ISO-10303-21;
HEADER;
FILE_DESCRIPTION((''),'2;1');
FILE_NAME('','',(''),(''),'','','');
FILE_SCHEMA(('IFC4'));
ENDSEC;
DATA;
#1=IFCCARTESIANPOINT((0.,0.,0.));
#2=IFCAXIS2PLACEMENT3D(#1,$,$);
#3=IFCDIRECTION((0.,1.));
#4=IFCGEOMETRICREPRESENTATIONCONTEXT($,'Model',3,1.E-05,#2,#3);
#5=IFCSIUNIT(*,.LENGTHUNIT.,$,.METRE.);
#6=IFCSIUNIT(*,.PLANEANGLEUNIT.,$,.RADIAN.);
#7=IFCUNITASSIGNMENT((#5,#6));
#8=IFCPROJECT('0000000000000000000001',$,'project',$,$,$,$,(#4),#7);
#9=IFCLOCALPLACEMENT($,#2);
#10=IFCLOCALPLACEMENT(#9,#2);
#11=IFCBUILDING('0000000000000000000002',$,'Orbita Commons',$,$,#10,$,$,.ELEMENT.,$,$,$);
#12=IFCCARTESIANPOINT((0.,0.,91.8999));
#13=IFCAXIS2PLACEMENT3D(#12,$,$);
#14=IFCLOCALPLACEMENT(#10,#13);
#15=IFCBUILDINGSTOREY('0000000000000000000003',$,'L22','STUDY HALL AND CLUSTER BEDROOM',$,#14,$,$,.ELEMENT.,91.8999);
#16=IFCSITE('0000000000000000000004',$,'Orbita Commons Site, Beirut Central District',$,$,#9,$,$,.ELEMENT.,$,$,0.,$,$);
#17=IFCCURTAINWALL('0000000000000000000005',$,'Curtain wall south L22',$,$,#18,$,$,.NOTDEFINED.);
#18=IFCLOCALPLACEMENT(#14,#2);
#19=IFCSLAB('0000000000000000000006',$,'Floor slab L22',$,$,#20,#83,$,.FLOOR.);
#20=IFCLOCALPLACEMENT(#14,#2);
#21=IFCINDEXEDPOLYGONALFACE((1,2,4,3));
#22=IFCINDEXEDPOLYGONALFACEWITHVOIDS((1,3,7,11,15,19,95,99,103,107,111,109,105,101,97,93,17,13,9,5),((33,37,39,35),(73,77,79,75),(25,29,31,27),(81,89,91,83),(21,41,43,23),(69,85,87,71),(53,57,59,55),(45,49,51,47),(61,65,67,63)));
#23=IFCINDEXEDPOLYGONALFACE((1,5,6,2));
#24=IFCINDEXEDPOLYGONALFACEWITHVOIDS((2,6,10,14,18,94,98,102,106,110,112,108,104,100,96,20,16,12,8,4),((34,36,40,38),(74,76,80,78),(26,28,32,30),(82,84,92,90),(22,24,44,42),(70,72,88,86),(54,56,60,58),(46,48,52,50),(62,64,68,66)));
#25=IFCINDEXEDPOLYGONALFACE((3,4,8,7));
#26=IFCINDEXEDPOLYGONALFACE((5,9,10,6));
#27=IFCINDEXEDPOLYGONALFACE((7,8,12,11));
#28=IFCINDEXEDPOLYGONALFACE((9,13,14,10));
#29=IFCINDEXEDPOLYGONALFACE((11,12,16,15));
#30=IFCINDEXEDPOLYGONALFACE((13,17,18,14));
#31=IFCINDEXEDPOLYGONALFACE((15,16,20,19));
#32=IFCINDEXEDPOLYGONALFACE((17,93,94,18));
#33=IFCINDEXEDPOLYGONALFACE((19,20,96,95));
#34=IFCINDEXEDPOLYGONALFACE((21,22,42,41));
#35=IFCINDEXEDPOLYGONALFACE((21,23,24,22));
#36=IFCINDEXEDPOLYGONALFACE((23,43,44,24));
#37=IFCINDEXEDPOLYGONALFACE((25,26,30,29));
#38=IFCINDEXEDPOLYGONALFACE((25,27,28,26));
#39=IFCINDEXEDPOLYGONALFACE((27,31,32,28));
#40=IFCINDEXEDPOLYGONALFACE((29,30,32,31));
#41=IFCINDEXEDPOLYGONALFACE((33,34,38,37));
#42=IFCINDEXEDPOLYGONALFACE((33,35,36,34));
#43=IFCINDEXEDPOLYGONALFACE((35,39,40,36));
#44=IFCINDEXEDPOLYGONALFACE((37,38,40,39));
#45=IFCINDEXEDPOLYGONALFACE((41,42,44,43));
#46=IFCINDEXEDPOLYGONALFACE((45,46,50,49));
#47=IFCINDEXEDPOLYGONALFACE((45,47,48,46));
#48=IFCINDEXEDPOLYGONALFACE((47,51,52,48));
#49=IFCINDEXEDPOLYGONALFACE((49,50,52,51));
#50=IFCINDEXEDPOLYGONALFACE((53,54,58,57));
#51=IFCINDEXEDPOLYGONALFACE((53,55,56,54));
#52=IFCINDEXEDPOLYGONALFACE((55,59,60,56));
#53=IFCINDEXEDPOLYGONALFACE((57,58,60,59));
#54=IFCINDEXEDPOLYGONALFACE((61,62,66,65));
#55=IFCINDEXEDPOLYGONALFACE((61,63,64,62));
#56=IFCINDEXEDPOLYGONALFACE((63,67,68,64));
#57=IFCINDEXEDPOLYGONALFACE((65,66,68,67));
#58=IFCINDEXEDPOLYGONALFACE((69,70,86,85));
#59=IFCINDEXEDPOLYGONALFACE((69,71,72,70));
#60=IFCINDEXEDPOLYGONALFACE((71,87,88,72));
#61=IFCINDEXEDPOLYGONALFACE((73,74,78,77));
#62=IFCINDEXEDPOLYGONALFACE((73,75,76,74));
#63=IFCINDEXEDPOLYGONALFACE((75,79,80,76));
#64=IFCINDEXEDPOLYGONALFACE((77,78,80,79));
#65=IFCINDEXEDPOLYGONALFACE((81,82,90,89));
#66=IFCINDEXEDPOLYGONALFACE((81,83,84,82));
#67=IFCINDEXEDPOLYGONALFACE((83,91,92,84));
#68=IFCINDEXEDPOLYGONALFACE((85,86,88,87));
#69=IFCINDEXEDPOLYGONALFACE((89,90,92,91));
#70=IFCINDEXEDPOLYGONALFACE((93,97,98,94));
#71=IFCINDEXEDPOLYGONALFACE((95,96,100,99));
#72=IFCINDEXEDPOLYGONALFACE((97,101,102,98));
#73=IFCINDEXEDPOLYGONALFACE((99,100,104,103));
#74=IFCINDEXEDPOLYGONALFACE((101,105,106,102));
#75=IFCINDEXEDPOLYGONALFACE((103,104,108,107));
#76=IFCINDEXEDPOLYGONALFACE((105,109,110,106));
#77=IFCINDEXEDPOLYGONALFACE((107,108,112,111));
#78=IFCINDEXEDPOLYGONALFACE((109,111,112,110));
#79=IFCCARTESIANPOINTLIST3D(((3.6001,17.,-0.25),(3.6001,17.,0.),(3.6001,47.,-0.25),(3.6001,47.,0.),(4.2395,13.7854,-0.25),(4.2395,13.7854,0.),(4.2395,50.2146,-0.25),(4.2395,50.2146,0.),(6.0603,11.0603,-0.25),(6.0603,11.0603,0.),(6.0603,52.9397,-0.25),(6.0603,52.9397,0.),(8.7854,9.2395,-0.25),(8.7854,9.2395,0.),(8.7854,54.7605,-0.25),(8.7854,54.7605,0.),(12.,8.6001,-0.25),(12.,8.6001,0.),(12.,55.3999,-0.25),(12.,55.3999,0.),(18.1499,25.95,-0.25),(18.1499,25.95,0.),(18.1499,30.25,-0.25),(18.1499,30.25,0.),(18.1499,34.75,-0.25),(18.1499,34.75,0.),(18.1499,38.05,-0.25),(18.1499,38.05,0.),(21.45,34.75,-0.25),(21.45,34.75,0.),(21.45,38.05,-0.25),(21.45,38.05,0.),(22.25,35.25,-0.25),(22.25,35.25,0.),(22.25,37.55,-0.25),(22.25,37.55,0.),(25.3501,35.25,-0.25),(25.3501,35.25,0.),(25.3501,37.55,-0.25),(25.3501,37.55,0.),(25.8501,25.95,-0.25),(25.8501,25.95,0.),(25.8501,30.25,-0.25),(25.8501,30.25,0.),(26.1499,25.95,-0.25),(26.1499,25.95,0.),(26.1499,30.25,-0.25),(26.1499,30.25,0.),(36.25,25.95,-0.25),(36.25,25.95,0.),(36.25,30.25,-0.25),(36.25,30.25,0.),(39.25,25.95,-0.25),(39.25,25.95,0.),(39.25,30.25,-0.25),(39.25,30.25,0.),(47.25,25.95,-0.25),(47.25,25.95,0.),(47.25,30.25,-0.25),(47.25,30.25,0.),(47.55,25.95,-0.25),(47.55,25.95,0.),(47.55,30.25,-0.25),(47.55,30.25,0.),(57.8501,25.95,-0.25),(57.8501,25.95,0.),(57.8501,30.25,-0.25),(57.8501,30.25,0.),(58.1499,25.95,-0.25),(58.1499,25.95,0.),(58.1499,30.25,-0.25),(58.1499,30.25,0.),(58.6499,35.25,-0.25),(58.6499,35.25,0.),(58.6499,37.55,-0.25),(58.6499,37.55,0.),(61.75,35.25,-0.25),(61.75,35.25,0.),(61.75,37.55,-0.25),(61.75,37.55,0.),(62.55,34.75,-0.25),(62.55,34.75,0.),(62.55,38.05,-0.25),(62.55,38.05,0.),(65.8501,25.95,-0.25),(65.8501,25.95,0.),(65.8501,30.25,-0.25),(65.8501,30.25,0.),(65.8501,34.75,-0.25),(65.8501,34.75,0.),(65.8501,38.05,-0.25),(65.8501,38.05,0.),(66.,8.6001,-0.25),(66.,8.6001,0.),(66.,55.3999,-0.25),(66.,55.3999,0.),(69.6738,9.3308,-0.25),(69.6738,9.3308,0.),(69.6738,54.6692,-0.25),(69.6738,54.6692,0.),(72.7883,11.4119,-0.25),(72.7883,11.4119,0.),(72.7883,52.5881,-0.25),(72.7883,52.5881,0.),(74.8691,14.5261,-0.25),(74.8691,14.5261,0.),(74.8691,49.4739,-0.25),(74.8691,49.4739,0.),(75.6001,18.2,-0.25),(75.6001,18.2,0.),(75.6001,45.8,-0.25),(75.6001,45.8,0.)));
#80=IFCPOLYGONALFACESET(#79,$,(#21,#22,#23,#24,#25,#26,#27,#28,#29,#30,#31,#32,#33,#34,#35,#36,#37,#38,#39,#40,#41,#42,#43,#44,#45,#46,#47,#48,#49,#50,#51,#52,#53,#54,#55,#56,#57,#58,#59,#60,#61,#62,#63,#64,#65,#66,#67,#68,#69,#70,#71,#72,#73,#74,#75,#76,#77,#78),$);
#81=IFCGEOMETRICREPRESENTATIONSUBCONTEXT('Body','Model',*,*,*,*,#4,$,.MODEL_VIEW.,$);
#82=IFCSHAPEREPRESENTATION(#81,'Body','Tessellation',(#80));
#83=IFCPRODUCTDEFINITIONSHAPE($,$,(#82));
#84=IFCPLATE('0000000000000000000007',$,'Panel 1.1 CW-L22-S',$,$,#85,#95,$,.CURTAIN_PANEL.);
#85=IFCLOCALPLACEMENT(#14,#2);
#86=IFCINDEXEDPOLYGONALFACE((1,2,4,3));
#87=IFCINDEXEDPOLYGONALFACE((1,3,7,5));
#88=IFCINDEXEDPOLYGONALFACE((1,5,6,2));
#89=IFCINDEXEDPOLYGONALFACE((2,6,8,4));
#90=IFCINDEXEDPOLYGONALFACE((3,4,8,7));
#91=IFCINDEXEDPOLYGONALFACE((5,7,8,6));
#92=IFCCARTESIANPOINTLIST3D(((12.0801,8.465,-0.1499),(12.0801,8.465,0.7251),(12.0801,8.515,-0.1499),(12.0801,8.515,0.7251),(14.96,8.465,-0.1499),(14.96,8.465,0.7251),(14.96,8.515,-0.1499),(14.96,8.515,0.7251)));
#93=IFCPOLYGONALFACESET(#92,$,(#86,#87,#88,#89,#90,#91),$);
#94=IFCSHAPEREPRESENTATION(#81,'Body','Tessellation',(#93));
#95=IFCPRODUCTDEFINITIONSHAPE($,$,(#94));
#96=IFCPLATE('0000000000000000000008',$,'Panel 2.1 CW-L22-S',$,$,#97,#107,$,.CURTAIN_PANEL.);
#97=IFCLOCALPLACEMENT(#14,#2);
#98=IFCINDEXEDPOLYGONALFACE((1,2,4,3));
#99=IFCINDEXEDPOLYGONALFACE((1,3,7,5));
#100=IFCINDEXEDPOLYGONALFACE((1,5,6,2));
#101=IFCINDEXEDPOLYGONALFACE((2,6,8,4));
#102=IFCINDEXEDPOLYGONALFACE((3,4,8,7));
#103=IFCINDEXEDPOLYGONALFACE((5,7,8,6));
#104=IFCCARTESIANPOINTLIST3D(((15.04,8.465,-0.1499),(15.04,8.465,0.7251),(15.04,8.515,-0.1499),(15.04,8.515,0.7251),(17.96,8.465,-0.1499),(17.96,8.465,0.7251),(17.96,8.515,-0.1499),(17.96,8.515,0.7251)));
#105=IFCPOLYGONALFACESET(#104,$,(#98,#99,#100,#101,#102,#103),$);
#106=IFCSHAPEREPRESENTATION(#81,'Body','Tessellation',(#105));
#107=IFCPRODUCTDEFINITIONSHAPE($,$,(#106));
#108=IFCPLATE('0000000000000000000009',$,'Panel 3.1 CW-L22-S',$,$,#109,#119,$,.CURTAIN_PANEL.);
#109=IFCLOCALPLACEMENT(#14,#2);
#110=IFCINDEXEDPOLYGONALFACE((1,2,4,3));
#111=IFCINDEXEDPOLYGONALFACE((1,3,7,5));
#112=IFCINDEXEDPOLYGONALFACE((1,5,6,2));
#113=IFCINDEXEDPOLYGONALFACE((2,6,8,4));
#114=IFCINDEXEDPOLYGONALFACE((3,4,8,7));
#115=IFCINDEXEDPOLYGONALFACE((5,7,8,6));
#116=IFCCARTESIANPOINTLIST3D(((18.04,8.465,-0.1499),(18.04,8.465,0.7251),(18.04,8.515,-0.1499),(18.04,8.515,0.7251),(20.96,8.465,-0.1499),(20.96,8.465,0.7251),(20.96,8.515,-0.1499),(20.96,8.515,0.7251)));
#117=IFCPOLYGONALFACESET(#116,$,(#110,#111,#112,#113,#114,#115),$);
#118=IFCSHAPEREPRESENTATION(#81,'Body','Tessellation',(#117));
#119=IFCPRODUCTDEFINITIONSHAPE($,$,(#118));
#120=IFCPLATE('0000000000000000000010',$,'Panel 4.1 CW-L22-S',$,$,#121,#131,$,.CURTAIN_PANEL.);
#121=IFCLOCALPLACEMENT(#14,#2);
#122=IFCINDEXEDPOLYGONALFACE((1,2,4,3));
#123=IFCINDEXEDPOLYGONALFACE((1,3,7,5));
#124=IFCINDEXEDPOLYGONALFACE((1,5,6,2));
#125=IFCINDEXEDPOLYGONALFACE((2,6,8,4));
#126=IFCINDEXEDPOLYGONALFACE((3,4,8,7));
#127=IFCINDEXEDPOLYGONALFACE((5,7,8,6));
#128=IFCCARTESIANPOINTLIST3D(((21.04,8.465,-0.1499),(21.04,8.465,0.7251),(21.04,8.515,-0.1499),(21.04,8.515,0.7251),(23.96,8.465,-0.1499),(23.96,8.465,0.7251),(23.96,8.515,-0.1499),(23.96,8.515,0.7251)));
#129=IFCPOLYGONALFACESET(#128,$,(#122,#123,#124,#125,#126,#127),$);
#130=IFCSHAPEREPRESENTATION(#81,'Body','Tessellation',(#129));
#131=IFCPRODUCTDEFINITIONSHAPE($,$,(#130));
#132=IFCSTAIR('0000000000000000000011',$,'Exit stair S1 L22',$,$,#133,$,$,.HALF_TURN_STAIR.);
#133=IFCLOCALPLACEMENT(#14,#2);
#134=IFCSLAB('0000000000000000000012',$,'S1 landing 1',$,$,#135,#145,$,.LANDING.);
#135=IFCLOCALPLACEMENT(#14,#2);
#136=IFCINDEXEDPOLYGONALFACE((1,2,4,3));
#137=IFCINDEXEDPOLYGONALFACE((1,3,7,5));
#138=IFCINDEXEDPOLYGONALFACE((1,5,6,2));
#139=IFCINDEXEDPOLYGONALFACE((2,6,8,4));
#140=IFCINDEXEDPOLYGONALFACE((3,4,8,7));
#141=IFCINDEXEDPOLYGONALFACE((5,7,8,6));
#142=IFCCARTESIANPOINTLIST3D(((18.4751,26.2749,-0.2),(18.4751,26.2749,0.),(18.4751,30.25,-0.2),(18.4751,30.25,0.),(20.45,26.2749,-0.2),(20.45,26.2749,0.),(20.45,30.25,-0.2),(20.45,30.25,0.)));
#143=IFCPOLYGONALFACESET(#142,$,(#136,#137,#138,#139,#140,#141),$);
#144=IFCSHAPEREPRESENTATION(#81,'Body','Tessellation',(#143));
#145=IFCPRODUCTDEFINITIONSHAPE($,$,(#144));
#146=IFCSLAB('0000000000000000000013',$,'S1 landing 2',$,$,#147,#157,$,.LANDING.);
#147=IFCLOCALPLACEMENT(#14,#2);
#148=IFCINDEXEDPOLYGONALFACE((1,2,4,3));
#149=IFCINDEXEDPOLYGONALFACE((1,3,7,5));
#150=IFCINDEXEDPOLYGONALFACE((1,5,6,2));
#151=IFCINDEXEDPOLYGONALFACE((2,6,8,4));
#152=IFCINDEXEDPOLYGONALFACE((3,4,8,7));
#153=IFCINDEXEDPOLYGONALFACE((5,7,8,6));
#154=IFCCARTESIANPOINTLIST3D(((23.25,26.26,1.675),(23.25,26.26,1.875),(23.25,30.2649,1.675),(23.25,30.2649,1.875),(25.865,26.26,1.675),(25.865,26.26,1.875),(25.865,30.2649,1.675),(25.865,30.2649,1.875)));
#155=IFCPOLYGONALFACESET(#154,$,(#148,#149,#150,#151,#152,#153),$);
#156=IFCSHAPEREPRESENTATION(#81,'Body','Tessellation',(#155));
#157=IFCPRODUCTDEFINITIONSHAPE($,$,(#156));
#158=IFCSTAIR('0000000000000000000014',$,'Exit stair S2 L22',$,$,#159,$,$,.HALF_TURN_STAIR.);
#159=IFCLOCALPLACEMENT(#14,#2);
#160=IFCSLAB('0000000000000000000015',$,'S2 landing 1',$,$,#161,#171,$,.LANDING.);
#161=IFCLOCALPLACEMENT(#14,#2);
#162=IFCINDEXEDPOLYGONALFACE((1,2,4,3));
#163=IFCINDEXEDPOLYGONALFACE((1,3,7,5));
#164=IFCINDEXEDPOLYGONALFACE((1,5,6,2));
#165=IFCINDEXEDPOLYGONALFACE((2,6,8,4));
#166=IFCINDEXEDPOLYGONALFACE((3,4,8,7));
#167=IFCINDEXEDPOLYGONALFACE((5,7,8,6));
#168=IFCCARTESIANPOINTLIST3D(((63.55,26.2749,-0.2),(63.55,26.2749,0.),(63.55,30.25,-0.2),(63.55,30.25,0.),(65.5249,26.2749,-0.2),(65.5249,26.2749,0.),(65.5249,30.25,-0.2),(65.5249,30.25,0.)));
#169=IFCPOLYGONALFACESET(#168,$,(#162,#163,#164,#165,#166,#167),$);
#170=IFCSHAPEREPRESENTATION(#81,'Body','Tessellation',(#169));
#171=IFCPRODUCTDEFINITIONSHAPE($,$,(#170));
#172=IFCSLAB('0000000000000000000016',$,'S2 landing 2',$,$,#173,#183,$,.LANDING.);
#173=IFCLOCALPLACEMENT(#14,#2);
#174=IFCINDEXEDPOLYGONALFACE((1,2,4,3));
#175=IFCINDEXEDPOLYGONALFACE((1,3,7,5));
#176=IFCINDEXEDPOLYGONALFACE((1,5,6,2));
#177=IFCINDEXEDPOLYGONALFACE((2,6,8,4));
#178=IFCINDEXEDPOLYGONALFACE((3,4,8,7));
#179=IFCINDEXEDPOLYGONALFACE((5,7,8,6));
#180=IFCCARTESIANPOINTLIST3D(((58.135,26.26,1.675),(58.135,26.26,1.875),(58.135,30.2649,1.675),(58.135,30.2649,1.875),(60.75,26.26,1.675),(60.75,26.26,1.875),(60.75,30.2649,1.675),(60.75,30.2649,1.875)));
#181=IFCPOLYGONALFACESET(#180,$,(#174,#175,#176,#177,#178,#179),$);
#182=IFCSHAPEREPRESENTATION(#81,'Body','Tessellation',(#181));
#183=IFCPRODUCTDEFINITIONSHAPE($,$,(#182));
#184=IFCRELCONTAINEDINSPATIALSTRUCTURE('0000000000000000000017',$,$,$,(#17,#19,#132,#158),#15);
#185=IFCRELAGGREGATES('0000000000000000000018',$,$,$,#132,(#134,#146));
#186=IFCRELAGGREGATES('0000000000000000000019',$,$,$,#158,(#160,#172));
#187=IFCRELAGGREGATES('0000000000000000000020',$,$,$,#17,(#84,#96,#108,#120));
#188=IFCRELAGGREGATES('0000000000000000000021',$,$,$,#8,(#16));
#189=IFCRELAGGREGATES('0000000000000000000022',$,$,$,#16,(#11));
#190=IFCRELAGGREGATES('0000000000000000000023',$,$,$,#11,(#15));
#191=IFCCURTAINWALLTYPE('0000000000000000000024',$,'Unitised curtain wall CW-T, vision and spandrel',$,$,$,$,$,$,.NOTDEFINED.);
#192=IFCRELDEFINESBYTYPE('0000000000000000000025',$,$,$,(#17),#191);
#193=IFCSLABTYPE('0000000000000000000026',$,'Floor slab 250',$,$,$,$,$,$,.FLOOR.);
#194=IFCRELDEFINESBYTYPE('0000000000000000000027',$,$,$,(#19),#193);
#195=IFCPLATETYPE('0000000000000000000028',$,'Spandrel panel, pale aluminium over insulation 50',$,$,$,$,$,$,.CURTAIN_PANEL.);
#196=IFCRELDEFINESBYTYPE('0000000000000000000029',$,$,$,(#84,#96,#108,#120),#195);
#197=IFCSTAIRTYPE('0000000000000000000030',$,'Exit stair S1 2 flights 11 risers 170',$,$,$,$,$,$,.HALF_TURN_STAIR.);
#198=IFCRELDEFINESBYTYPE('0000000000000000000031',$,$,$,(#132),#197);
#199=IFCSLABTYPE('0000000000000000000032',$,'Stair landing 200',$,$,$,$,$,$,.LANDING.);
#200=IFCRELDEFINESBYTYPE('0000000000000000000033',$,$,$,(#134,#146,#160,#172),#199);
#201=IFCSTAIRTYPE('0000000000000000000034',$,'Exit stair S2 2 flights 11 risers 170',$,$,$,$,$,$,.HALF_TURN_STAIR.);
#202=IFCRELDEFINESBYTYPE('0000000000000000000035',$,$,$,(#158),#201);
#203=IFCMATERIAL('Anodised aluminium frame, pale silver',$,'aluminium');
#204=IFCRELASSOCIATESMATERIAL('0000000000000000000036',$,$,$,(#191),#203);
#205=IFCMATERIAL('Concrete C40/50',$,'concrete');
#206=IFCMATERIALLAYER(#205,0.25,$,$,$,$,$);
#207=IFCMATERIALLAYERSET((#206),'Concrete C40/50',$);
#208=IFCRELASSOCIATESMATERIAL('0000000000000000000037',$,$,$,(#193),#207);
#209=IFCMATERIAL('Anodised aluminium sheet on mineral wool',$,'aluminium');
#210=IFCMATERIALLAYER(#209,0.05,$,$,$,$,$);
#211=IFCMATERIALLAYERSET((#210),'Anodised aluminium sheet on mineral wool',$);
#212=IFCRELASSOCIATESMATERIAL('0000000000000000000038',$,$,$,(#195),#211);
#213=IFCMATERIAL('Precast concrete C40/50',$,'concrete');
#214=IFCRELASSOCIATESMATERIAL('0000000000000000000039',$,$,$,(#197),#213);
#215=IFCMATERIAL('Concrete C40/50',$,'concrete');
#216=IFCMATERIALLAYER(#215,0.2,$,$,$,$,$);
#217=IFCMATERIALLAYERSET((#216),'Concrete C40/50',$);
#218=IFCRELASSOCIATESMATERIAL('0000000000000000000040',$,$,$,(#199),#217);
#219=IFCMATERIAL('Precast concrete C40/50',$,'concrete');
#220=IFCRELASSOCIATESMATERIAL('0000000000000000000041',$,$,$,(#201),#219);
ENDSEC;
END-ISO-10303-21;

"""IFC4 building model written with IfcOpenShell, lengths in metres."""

from ifc_helpers import new_model, si_unit, direction, frame, origin, origin_2d, place, context, subcontext, project, spatial, polyline, rectangle, outline, extrude, material, layer, layer_set, type_object, element, aggregate, save


model = new_model("IFC4")

# Units and contexts
model_context = context("Model", 3, precision=1e-05, world=origin(), true_north=direction((0.0, 1.0)))
body_context = subcontext(model_context, "Body", "Model", "MODEL_VIEW")
ifc_project = project(units=[si_unit("LENGTHUNIT", "METRE"), si_unit("PLANEANGLEUNIT", "RADIAN")], contexts=[model_context])

# Site, building, storey
site_placement = place(None, origin())
site = spatial("IfcSite", under=ifc_project, at=site_placement, Name="Orbita Commons Site, Beirut Central District", CompositionType="ELEMENT", RefElevation=0.0)
building_placement = place(site_placement, origin())
building = spatial("IfcBuilding", under=site, at=building_placement, Name="Orbita Commons", CompositionType="ELEMENT")
storey_placement = place(building_placement, frame((0.0, 0.0, 91.8999)))
storey = spatial("IfcBuildingStorey", under=building, at=storey_placement, Name="L22", Description="STUDY HALL AND CLUSTER BEDROOM", CompositionType="ELEMENT", Elevation=91.8999)

# Curtain wall
ifc_material_1 = material(Name="Anodised aluminium frame, pale silver", Category="aluminium")
curtain_wall_type = type_object("IfcCurtainWallType", Name="Unitised curtain wall CW-T, vision and spandrel", PredefinedType="NOTDEFINED", material=ifc_material_1)
curtain_wall_placement = place(storey_placement, origin())
curtain_wall = element("IfcCurtainWall", 1, at=curtain_wall_placement, inside=storey, type_object=curtain_wall_type, Name="Curtain wall south L22", PredefinedType="NOTDEFINED")

# Slab
ifc_material_2 = material(Name="Concrete C40/50", Category="concrete")
ifc_layer_1 = layer(ifc_material_2, 0.25)
ifc_layer_set_1 = layer_set([ifc_layer_1], Name="Concrete C40/50")
slab_type_1 = type_object("IfcSlabType", Name="Floor slab 250", PredefinedType="FLOOR", material=ifc_layer_set_1)
slab_1_placement = place(storey_placement, frame((0.0, 0.0, -0.25)))
element("IfcSlab", 2, at=slab_1_placement, inside=storey, type_object=slab_type_1, Name="Floor slab L22", PredefinedType="FLOOR", context=body_context, shape_type="SweptSolid", body=[
    extrude(outline(polyline([(66.0, 8.6001), (69.6738, 9.3308), (72.7883, 11.4119), (74.8691, 14.5261), (75.6001, 18.2), (75.6001, 45.8), (74.8691, 49.4739), (72.7883, 52.5881), (69.6738, 54.6692), (66.0, 55.3999), (12.0, 55.3999), (8.7854, 54.7605), (6.0603, 52.9397), (4.2395, 50.2146), (3.6001, 47.0), (3.6001, 17.0), (4.2395, 13.7854), (6.0603, 11.0603), (8.7854, 9.2395), (12.0, 8.6001), (66.0, 8.6001)]), holes=[polyline([(18.1499, 25.95), (25.8501, 25.95), (25.8501, 30.25), (18.1499, 30.25), (18.1499, 25.95)]), polyline([(58.1499, 25.95), (65.8501, 25.95), (65.8501, 30.25), (58.1499, 30.25), (58.1499, 25.95)]), polyline([(18.1499, 34.75), (21.45, 34.75), (21.45, 38.05), (18.1499, 38.05), (18.1499, 34.75)]), polyline([(62.55, 34.75), (65.8501, 34.75), (65.8501, 38.05), (62.55, 38.05), (62.55, 34.75)]), polyline([(22.25, 35.25), (25.3501, 35.25), (25.3501, 37.55), (22.25, 37.55), (22.25, 35.25)]), polyline([(58.6499, 35.25), (61.75, 35.25), (61.75, 37.55), (58.6499, 37.55), (58.6499, 35.25)]), polyline([(26.1499, 25.95), (36.25, 25.95), (36.25, 30.25), (26.1499, 30.25), (26.1499, 25.95)]), polyline([(39.25, 25.95), (47.25, 25.95), (47.25, 30.25), (39.25, 30.25), (39.25, 25.95)]), polyline([(47.55, 25.95), (57.8501, 25.95), (57.8501, 30.25), (47.55, 30.25), (47.55, 25.95)])]), origin(), (0.0, 0.0, 1.0), 0.25),
])

# Plates
ifc_material_3 = material(Name="Anodised aluminium sheet on mineral wool", Category="aluminium")
ifc_layer_2 = layer(ifc_material_3, 0.05)
ifc_layer_set_2 = layer_set([ifc_layer_2], Name="Anodised aluminium sheet on mineral wool")
plate_type_1 = type_object("IfcPlateType", Name="Spandrel panel, pale aluminium over insulation 50", PredefinedType="CURTAIN_PANEL", material=ifc_layer_set_2)
plate_1_placement = place(storey_placement, frame((13.52, 8.49, -0.1499), z_axis=(0.0, 0.0, 1.0), x_axis=(1.0, 0.0, 0.0)))
plate_1 = element("IfcPlate", 3, at=plate_1_placement, type_object=plate_type_1, Name="Panel 1.1 CW-L22-S", PredefinedType="CURTAIN_PANEL", context=body_context, shape_type="SweptSolid", body=[
    extrude(rectangle(XDim=2.8799, YDim=0.05, at=origin_2d()), origin(), (0.0, 0.0, 1.0), 0.875),
])
plate_2_placement = place(storey_placement, frame((16.5, 8.49, -0.1499), z_axis=(0.0, 0.0, 1.0), x_axis=(1.0, 0.0, 0.0)))
plate_2 = element("IfcPlate", 4, at=plate_2_placement, type_object=plate_type_1, Name="Panel 2.1 CW-L22-S", PredefinedType="CURTAIN_PANEL", context=body_context, shape_type="SweptSolid", body=[
    extrude(rectangle(XDim=2.9199, YDim=0.05, at=origin_2d()), origin(), (0.0, 0.0, 1.0), 0.875),
])
plate_3_placement = place(storey_placement, frame((19.5, 8.49, -0.1499), z_axis=(0.0, 0.0, 1.0), x_axis=(1.0, 0.0, 0.0)))
plate_3 = element("IfcPlate", 5, at=plate_3_placement, type_object=plate_type_1, Name="Panel 3.1 CW-L22-S", PredefinedType="CURTAIN_PANEL", context=body_context, shape_type="SweptSolid", body=[
    extrude(rectangle(XDim=2.9199, YDim=0.05, at=origin_2d()), origin(), (0.0, 0.0, 1.0), 0.875),
])
plate_4_placement = place(storey_placement, frame((22.5, 8.49, -0.1499), z_axis=(0.0, 0.0, 1.0), x_axis=(1.0, 0.0, 0.0)))
plate_4 = element("IfcPlate", 6, at=plate_4_placement, type_object=plate_type_1, Name="Panel 4.1 CW-L22-S", PredefinedType="CURTAIN_PANEL", context=body_context, shape_type="SweptSolid", body=[
    extrude(rectangle(XDim=2.9199, YDim=0.05, at=origin_2d()), origin(), (0.0, 0.0, 1.0), 0.875),
])

# Stairs, slabs
ifc_material_4 = material(Name="Precast concrete C40/50", Category="concrete")
stair_type_1 = type_object("IfcStairType", Name="Exit stair S1 2 flights 11 risers 170", PredefinedType="HALF_TURN_STAIR", material=ifc_material_4)
stair_1_placement = place(storey_placement, origin())
stair_1 = element("IfcStair", 7, at=stair_1_placement, inside=storey, type_object=stair_type_1, Name="Exit stair S1 L22", PredefinedType="HALF_TURN_STAIR")
ifc_material_5 = material(Name="Concrete C40/50", Category="concrete")
ifc_layer_3 = layer(ifc_material_5, 0.2)
ifc_layer_set_3 = layer_set([ifc_layer_3], Name="Concrete C40/50")
slab_type_2 = type_object("IfcSlabType", Name="Stair landing 200", PredefinedType="LANDING", material=ifc_layer_set_3)
slab_2_placement = place(storey_placement, frame((0.0, 0.0, -0.2)))
slab_2 = element("IfcSlab", 8, at=slab_2_placement, type_object=slab_type_2, Name="S1 landing 1", PredefinedType="LANDING", context=body_context, shape_type="SweptSolid", body=[
    extrude(outline(polyline([(18.4751, 26.2749), (20.45, 26.2749), (20.45, 30.25), (18.4751, 30.25), (18.4751, 26.2749)])), origin(), (0.0, 0.0, 1.0), 0.2),
])
slab_3_placement = place(storey_placement, frame((0.0, 0.0, 1.675)))
slab_3 = element("IfcSlab", 9, at=slab_3_placement, type_object=slab_type_2, Name="S1 landing 2", PredefinedType="LANDING", context=body_context, shape_type="SweptSolid", body=[
    extrude(outline(polyline([(23.25, 26.26), (25.865, 26.26), (25.865, 30.2649), (23.25, 30.2649), (23.25, 26.26)])), origin(), (0.0, 0.0, 1.0), 0.2),
])
aggregate(stair_1, [slab_2, slab_3])
ifc_material_6 = material(Name="Precast concrete C40/50", Category="concrete")
stair_type_2 = type_object("IfcStairType", Name="Exit stair S2 2 flights 11 risers 170", PredefinedType="HALF_TURN_STAIR", material=ifc_material_6)
stair_2_placement = place(storey_placement, origin())
stair_2 = element("IfcStair", 10, at=stair_2_placement, inside=storey, type_object=stair_type_2, Name="Exit stair S2 L22", PredefinedType="HALF_TURN_STAIR")
slab_4_placement = place(storey_placement, frame((0.0, 0.0, -0.2)))
slab_4 = element("IfcSlab", 11, at=slab_4_placement, type_object=slab_type_2, Name="S2 landing 1", PredefinedType="LANDING", context=body_context, shape_type="SweptSolid", body=[
    extrude(outline(polyline([(63.55, 26.2749), (65.5249, 26.2749), (65.5249, 30.25), (63.55, 30.25), (63.55, 26.2749)])), origin(), (0.0, 0.0, 1.0), 0.2),
])
slab_5_placement = place(storey_placement, frame((0.0, 0.0, 1.675)))
slab_5 = element("IfcSlab", 12, at=slab_5_placement, type_object=slab_type_2, Name="S2 landing 2", PredefinedType="LANDING", context=body_context, shape_type="SweptSolid", body=[
    extrude(outline(polyline([(58.135, 26.26), (60.75, 26.26), (60.75, 30.2649), (58.135, 30.2649), (58.135, 26.26)])), origin(), (0.0, 0.0, 1.0), 0.2),
])
aggregate(stair_2, [slab_4, slab_5])

aggregate(curtain_wall, [plate_1, plate_2, plate_3, plate_4])

save(model, "model.ifc")
